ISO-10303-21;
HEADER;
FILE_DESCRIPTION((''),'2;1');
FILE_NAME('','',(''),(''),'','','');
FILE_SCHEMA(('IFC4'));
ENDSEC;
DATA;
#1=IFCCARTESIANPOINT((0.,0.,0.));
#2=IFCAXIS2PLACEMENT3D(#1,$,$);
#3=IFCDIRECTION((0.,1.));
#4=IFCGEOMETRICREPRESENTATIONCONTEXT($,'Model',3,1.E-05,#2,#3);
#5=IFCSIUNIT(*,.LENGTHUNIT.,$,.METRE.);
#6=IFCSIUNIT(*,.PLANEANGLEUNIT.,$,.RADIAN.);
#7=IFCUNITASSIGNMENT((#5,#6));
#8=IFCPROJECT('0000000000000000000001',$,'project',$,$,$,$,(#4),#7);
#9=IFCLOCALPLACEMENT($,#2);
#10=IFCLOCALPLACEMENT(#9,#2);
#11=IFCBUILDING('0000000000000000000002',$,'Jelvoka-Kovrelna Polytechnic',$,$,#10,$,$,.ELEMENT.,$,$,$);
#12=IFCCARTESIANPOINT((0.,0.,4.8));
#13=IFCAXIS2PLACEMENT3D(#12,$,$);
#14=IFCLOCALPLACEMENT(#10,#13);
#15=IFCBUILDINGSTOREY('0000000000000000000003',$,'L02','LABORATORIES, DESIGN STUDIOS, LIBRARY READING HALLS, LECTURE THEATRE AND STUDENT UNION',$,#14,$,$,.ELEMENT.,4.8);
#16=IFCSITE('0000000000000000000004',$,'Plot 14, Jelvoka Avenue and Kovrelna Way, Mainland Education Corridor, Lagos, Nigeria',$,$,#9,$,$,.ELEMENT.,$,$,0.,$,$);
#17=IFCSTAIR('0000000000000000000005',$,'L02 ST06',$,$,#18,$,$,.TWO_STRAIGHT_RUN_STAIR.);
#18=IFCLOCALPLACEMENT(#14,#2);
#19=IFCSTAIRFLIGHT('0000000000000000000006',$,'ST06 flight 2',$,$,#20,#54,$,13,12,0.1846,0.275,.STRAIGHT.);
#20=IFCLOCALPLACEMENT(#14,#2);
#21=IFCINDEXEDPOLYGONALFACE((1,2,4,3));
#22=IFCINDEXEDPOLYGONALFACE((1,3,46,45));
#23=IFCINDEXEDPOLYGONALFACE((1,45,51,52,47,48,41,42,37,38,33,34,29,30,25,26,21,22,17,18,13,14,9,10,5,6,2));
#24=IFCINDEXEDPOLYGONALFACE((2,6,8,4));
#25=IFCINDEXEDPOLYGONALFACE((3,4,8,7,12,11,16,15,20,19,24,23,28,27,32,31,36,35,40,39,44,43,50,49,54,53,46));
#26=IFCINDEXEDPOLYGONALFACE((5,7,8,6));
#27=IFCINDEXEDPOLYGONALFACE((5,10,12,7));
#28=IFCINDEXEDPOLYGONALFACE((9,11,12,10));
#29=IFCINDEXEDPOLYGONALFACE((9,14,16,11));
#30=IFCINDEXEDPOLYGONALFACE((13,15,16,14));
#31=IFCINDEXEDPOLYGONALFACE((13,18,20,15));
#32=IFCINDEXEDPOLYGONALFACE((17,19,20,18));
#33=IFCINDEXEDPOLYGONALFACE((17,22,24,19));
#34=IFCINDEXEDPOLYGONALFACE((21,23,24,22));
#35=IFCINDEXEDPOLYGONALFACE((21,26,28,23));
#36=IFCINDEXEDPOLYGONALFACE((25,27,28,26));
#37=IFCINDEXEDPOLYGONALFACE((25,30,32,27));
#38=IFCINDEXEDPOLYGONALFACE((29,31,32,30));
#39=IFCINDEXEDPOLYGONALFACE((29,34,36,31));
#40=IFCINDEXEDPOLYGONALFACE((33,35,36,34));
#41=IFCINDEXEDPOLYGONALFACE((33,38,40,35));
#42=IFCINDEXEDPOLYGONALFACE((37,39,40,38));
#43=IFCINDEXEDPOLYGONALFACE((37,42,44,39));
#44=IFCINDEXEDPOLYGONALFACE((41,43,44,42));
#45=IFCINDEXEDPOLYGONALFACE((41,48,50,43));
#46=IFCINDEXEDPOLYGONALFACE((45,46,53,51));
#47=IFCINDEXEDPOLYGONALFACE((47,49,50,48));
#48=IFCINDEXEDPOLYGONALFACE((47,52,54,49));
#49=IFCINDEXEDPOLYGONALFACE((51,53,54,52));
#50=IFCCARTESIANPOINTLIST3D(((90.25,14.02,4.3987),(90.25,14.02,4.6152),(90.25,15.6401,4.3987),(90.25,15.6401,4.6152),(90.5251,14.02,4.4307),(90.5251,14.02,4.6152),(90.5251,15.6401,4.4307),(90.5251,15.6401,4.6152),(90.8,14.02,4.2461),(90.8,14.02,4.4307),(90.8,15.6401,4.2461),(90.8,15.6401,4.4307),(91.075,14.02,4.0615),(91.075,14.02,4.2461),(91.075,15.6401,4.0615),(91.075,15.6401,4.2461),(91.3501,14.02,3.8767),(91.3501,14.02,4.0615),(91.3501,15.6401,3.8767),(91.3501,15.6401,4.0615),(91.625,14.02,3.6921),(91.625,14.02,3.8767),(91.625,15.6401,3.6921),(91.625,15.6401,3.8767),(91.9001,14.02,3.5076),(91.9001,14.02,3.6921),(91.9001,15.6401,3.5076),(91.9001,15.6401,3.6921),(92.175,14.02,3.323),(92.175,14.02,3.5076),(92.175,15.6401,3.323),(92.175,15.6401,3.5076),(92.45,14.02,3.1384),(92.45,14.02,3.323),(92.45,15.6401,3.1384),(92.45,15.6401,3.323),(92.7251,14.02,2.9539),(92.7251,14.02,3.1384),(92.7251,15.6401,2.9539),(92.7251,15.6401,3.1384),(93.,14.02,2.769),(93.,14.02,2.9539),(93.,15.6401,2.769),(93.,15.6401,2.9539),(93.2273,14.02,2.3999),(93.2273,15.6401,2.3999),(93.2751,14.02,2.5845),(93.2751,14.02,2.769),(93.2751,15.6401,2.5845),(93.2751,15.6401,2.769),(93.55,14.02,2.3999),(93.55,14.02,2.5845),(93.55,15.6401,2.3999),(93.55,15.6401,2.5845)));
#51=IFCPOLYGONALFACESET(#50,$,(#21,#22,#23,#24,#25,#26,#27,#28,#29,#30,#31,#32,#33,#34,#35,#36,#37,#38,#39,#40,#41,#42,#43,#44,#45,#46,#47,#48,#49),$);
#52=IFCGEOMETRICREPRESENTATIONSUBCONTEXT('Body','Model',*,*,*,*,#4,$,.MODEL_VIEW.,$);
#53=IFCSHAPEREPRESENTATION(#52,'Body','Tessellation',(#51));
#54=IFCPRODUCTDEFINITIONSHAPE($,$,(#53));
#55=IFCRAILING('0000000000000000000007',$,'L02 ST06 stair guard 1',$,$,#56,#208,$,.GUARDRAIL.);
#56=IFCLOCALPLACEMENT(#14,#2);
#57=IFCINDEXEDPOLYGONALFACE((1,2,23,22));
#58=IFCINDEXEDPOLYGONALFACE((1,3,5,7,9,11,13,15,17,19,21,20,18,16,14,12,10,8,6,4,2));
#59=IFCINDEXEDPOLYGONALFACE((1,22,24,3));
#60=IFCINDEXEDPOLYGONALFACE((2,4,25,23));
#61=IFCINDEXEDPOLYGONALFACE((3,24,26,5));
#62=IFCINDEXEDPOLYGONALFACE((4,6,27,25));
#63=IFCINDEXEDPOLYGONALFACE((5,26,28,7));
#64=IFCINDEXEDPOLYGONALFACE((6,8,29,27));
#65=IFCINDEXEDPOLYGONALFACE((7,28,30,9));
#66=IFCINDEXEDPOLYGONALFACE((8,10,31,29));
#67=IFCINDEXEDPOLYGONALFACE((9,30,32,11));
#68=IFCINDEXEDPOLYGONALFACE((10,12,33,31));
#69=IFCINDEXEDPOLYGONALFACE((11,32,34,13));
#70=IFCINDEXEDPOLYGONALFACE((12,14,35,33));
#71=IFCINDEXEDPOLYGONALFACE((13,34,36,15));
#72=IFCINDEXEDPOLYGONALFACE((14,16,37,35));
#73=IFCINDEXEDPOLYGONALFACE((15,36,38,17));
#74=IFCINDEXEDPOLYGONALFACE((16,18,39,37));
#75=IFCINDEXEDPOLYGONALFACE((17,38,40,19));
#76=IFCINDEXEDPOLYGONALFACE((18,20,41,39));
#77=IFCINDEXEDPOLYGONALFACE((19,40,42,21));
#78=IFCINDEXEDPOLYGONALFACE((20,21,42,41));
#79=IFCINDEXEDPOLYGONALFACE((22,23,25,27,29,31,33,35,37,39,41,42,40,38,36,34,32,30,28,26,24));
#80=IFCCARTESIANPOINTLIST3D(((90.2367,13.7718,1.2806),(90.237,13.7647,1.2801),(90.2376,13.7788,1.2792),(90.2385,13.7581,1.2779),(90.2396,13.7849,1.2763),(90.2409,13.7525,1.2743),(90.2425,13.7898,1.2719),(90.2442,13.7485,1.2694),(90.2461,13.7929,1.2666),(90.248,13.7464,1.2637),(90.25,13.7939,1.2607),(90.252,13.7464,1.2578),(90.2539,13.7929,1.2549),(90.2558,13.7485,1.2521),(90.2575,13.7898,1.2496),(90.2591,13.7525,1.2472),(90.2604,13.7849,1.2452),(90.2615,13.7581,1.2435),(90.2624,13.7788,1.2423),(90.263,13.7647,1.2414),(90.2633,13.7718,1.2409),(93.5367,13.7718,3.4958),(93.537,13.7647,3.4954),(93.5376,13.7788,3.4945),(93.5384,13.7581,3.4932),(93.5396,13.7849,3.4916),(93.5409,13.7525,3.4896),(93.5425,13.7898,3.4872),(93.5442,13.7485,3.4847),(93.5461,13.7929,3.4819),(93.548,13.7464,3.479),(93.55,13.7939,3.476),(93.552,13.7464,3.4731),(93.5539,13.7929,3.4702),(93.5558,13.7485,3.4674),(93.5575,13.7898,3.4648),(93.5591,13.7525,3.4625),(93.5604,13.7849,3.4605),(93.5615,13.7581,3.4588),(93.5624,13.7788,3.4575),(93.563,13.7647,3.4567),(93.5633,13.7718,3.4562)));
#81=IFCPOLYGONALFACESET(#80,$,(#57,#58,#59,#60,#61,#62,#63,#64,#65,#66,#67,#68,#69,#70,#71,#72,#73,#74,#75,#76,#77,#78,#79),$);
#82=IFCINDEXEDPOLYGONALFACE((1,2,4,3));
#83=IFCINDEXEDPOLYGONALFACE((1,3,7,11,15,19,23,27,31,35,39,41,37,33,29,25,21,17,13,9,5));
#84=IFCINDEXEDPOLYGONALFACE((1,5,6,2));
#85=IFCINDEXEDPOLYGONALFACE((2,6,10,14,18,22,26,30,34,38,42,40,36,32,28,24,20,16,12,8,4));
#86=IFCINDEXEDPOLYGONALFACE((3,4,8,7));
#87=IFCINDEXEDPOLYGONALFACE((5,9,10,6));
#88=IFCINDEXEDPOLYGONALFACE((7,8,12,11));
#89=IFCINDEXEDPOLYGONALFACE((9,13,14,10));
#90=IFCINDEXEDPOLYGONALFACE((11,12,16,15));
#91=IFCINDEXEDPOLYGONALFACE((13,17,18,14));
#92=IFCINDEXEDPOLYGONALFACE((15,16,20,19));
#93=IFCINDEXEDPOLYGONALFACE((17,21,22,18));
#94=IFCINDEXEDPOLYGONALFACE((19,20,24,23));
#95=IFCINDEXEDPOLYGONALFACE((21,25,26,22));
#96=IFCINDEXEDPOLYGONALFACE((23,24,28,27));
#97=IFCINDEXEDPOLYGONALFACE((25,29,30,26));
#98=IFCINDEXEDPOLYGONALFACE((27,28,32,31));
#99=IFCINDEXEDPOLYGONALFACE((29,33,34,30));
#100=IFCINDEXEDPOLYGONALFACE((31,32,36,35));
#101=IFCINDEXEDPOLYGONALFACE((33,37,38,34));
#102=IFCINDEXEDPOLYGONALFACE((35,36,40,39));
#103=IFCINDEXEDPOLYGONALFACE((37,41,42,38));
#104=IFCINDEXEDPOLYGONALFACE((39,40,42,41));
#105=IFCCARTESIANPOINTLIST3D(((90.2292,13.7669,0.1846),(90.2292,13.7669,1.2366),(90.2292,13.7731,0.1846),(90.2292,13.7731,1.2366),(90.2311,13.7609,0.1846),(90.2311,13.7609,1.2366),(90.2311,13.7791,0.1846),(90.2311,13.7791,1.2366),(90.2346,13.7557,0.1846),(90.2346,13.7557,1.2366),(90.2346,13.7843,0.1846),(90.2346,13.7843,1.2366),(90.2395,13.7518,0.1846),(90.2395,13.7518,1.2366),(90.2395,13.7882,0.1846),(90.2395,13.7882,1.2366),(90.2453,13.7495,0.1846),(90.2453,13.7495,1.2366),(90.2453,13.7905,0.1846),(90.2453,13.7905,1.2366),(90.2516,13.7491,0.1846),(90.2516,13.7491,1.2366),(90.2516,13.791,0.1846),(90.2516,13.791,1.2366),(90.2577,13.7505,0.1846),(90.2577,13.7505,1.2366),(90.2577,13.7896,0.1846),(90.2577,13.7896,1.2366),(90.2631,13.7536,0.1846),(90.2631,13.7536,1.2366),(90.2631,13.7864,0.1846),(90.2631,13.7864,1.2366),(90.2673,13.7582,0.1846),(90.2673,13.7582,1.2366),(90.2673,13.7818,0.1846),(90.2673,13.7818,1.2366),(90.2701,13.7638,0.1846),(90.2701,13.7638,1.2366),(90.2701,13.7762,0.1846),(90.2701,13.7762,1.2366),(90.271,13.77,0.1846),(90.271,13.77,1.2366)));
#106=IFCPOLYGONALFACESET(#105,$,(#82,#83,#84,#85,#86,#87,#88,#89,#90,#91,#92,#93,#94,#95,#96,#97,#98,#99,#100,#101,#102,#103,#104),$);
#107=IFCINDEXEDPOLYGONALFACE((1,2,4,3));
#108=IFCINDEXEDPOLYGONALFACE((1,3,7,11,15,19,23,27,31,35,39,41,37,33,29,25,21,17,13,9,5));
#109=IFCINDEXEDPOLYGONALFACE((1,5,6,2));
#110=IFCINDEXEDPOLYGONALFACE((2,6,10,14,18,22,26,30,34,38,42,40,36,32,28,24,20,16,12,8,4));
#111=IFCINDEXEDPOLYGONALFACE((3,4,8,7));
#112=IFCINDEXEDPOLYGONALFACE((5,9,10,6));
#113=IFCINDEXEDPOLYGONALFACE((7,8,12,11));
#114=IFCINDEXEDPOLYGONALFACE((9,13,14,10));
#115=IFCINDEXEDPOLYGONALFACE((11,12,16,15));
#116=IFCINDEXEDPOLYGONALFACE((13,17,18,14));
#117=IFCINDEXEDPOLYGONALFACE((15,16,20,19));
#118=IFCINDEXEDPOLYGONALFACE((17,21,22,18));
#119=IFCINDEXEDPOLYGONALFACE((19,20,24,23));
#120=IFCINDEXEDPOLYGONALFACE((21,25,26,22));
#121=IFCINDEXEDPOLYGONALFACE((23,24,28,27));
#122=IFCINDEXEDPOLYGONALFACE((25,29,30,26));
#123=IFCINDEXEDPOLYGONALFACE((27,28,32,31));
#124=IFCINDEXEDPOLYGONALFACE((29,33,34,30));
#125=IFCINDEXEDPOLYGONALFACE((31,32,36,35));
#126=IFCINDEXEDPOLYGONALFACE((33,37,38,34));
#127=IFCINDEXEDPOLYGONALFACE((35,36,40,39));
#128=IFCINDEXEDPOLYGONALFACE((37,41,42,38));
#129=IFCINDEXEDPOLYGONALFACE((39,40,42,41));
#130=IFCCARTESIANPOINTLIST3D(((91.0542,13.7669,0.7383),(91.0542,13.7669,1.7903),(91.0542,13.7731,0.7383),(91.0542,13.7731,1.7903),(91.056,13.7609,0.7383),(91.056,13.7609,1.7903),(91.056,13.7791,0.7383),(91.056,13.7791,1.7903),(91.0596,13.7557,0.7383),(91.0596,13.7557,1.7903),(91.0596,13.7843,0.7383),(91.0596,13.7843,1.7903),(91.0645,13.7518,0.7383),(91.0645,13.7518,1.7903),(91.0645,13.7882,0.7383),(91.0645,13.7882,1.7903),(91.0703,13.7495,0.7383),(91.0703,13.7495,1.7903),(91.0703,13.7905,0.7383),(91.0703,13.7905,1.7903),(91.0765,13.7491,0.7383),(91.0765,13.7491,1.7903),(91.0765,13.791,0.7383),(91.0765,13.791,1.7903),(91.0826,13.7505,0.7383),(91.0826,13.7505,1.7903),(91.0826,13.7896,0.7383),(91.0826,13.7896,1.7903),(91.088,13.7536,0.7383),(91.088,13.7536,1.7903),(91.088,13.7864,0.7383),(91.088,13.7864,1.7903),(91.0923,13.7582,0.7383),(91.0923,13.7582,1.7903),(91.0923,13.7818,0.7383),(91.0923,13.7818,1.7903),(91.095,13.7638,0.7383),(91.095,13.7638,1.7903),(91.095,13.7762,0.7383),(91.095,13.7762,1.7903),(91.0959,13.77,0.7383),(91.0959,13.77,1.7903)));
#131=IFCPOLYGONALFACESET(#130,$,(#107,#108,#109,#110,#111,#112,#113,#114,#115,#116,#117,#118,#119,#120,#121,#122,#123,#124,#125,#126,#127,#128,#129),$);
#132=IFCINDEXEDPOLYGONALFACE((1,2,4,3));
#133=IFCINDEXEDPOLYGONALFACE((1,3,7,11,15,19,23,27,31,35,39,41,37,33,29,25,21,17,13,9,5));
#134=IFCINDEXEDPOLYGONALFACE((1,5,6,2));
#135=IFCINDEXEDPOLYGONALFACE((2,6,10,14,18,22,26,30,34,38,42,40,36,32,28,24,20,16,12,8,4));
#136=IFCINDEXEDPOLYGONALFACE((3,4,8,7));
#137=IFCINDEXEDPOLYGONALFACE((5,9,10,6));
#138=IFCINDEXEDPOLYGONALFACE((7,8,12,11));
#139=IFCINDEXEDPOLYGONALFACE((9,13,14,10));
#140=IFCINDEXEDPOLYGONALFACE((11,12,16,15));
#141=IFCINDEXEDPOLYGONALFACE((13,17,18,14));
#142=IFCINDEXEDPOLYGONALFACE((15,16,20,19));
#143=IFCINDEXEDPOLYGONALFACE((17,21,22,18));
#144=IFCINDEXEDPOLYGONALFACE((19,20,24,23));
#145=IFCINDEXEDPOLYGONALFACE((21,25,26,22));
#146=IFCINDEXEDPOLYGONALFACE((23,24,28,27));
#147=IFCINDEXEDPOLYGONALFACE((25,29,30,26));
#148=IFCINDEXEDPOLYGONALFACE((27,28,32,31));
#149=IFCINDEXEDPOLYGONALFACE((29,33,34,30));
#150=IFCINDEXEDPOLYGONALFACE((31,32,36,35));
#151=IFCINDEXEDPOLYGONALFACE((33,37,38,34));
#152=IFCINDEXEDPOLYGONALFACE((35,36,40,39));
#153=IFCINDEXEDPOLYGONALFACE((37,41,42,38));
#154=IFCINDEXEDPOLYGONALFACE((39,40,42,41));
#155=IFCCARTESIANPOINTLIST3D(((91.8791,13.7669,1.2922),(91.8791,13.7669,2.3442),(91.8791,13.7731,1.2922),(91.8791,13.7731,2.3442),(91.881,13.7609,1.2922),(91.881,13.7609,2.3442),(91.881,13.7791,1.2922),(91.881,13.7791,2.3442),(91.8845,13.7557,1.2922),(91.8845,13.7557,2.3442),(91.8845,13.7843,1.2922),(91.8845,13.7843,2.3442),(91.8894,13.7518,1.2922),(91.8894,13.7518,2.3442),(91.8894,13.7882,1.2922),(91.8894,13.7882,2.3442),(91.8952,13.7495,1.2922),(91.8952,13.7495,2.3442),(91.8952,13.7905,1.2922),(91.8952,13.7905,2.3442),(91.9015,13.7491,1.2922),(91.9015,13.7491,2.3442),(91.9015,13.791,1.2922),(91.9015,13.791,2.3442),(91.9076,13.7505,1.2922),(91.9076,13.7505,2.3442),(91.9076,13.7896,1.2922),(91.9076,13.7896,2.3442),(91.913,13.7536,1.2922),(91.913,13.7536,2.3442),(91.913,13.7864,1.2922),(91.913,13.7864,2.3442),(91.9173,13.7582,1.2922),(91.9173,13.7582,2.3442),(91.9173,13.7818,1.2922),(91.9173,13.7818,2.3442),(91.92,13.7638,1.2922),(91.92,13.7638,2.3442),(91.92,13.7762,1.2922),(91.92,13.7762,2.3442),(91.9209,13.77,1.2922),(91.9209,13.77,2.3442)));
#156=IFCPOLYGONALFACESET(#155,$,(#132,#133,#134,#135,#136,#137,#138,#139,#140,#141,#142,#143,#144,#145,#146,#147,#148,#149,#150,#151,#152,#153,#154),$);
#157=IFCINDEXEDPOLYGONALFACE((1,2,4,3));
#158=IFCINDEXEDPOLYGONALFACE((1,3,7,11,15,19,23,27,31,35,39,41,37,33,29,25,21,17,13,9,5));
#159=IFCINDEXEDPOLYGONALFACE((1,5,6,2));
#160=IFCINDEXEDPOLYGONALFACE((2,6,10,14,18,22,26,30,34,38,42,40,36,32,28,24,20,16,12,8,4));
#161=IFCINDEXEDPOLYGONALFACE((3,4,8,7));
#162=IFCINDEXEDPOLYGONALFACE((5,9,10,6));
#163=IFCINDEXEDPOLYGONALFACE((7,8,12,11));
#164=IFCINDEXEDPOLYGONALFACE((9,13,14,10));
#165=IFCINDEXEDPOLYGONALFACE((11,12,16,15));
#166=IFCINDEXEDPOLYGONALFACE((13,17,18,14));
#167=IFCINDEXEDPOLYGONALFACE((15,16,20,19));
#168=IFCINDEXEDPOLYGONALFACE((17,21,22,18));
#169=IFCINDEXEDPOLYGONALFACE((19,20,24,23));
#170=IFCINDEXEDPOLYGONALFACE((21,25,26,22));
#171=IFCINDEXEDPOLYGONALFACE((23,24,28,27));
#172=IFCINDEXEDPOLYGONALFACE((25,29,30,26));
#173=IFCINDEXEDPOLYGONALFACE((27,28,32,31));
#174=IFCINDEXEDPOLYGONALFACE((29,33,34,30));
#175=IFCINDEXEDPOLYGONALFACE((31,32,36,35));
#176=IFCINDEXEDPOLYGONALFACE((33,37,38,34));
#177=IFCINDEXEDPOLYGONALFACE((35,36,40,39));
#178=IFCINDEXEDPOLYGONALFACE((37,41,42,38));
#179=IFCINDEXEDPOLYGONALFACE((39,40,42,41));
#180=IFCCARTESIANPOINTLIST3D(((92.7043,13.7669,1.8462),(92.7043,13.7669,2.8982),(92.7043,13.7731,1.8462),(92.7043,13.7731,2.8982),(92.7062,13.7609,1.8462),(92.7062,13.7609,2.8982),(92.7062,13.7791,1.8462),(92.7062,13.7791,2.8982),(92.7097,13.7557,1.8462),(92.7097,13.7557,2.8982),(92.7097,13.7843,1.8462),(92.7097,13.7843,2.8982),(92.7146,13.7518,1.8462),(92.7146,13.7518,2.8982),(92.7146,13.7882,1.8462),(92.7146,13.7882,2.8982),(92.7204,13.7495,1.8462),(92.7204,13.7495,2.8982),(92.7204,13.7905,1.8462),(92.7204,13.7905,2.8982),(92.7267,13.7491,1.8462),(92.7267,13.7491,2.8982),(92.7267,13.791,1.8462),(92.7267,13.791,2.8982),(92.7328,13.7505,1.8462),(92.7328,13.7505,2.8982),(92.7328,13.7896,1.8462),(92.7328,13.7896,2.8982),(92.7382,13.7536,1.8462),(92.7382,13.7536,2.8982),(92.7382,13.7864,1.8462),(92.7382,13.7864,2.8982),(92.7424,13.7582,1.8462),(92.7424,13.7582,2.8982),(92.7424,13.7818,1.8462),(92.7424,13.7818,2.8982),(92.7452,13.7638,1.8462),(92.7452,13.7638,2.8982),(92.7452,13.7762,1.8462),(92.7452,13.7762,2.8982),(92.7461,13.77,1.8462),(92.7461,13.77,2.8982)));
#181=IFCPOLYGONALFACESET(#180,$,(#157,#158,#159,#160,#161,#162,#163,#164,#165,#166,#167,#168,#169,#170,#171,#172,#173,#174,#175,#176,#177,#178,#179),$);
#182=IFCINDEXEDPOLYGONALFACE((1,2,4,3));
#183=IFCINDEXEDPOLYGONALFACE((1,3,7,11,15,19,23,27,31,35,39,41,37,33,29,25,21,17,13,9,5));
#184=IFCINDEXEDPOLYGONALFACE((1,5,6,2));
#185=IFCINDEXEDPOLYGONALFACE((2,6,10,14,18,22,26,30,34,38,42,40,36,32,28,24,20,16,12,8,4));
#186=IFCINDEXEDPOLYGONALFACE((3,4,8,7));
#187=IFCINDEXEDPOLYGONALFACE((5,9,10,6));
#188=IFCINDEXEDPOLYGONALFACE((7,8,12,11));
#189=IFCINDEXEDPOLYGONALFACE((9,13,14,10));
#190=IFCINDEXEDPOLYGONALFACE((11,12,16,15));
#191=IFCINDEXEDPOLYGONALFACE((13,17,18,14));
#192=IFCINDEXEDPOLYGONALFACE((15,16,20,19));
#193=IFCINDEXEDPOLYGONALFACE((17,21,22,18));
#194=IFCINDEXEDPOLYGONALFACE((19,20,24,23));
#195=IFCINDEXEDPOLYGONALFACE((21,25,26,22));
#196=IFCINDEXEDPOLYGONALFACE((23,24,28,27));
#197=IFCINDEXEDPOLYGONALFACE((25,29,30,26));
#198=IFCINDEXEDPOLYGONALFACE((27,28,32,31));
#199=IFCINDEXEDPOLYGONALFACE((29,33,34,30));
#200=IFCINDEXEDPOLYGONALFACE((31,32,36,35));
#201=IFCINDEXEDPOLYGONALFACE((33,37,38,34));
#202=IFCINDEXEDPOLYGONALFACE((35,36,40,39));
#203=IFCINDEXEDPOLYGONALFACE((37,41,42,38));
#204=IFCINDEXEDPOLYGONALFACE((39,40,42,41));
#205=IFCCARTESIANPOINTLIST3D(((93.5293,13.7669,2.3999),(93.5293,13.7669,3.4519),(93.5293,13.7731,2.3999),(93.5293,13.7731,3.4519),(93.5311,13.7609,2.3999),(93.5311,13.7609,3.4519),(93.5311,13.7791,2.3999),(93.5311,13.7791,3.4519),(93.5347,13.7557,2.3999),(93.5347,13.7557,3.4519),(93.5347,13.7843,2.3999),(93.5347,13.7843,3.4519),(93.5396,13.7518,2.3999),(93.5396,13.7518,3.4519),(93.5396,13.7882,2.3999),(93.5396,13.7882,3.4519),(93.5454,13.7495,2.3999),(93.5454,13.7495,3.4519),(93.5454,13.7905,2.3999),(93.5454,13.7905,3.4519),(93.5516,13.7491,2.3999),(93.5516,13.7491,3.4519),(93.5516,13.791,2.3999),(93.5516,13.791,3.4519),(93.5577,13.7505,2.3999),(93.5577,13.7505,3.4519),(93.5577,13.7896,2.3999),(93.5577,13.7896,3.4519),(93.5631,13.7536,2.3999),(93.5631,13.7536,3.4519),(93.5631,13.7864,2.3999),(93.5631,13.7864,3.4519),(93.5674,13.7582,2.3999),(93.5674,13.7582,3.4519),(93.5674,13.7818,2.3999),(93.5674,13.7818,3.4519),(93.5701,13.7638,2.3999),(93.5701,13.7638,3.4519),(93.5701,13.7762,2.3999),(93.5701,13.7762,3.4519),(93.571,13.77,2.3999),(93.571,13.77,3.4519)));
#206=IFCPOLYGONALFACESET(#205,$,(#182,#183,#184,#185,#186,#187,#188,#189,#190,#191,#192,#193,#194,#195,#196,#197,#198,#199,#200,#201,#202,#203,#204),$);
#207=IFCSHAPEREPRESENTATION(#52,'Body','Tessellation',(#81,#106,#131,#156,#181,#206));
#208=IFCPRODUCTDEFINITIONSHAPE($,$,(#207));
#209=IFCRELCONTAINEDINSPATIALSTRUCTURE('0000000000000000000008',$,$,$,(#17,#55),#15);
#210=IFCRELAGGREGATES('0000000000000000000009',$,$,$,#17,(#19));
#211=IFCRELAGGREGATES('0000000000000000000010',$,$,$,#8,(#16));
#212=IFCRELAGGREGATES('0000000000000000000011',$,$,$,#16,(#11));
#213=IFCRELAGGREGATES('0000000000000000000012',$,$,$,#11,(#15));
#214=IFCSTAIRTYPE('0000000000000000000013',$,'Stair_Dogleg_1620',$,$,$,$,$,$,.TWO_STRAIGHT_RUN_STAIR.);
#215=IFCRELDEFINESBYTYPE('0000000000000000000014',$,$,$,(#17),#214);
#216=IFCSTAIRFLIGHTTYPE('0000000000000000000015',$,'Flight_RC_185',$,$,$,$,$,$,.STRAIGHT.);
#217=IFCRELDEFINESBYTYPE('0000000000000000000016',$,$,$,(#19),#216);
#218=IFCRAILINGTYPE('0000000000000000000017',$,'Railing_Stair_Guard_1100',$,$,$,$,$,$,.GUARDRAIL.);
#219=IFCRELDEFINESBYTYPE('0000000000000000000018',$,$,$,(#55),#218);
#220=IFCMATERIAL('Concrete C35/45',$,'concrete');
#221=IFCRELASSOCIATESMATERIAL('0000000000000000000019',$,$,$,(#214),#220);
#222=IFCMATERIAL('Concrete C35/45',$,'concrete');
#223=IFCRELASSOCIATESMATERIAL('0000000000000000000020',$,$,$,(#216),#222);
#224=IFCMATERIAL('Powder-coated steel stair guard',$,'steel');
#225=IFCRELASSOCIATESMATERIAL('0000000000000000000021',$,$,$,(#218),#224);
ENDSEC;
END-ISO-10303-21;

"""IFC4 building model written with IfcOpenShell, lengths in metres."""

from ifc_helpers import new_model, si_unit, direction, frame, origin, origin_2d, place, context, subcontext, project, spatial, polyline, circle, outline, extrude, material, type_object, element, aggregate, save


model = new_model("IFC4")

# Units and contexts
model_context = context("Model", 3, precision=1e-05, world=origin(), true_north=direction((0.0, 1.0)))
body_context = subcontext(model_context, "Body", "Model", "MODEL_VIEW")
ifc_project = project(units=[si_unit("LENGTHUNIT", "METRE"), si_unit("PLANEANGLEUNIT", "RADIAN")], contexts=[model_context])

# Site, building, storey
site_placement = place(None, origin())
site = spatial("IfcSite", under=ifc_project, at=site_placement, Name="Plot 14, Jelvoka Avenue and Kovrelna Way, Mainland Education Corridor, Lagos, Nigeria", CompositionType="ELEMENT", RefElevation=0.0)
building_placement = place(site_placement, origin())
building = spatial("IfcBuilding", under=site, at=building_placement, Name="Jelvoka-Kovrelna Polytechnic", CompositionType="ELEMENT")
storey_placement = place(building_placement, frame((0.0, 0.0, 4.8)))
storey = spatial("IfcBuildingStorey", under=building, at=storey_placement, Name="L02", Description="LABORATORIES, DESIGN STUDIOS, LIBRARY READING HALLS, LECTURE THEATRE AND STUDENT UNION", CompositionType="ELEMENT", Elevation=4.8)

# Stair, stair flight
ifc_material_1 = material(Name="Concrete C35/45", Category="concrete")
stair_type = type_object("IfcStairType", Name="Stair_Dogleg_1620", PredefinedType="TWO_STRAIGHT_RUN_STAIR", material=ifc_material_1)
stair_placement = place(storey_placement, origin())
stair = element("IfcStair", 1, at=stair_placement, inside=storey, type_object=stair_type, Name="L02 ST06", PredefinedType="TWO_STRAIGHT_RUN_STAIR")
ifc_material_2 = material(Name="Concrete C35/45", Category="concrete")
stair_flight_type = type_object("IfcStairFlightType", Name="Flight_RC_185", PredefinedType="STRAIGHT", material=ifc_material_2)
stair_flight_placement = place(storey_placement, frame((93.55, 14.8301, 2.3999), z_axis=(0.0, 0.0, 1.0), x_axis=(-1.0, 0.0, 0.0)))
stair_flight = element("IfcStairFlight", 2, at=stair_flight_placement, type_object=stair_flight_type, Name="ST06 flight 2", NumberOfRisers=13, NumberOfTreads=12, PredefinedType="STRAIGHT", RiserHeight=0.1846, TreadLength=0.275, context=body_context, shape_type="SweptSolid", body=[
    extrude(outline(polyline([(0.0, 0.0), (0.0, 0.1846), (0.2749, 0.1846), (0.2749, 0.3691), (0.55, 0.3691), (0.55, 0.554), (0.825, 0.554), (0.825, 0.7385), (1.1001, 0.7385), (1.1001, 0.9231), (1.375, 0.9231), (1.375, 1.1077), (1.6499, 1.1077), (1.6499, 1.2922), (1.925, 1.2922), (1.925, 1.4768), (2.2, 1.4768), (2.2, 1.6616), (2.4751, 1.6616), (2.4751, 1.8462), (2.75, 1.8462), (2.75, 2.0308), (3.0249, 2.0308), (3.0249, 2.2153), (3.3, 2.2153), (3.3, 2.3999), (3.3, 1.9988), (0.3228, 0.0), (0.0, 0.0)])), frame((0.0, 0.8101, 0.0), z_axis=(0.0, -1.0, 0.0), x_axis=(1.0, 0.0, 0.0)), (0.0, 0.0, 1.0), 1.6201),
])
aggregate(stair, [stair_flight])

# Railing
ifc_material_3 = material(Name="Powder-coated steel stair guard", Category="steel")
railing_type_1 = type_object("IfcRailingType", Name="Railing_Stair_Guard_1100", PredefinedType="GUARDRAIL", material=ifc_material_3)
railing_1_placement = place(storey_placement, frame((90.25, 13.77, 0.1846)))
element("IfcRailing", 3, at=railing_1_placement, inside=storey, type_object=railing_type_1, Name="L02 ST06 stair guard 1", PredefinedType="GUARDRAIL", context=body_context, shape_type="SweptSolid", body=[
    extrude(circle(Radius=0.0239, at=origin_2d()), frame((0.0, 0.0, 1.0762), z_axis=(0.830269, 0.0, 0.557362), x_axis=(0.0, 1.0, 0.0)), (0.0, 0.0, 1.0), 3.9746),
    extrude(circle(Radius=0.021, at=origin_2d()), origin(), (0.0, 0.0, 1.0), 1.052),
    extrude(circle(Radius=0.021, at=origin_2d()), frame((0.825, 0.0, 0.5537)), (0.0, 0.0, 1.0), 1.052),
    extrude(circle(Radius=0.021, at=origin_2d()), frame((1.6499, 0.0, 1.1077)), (0.0, 0.0, 1.0), 1.052),
    extrude(circle(Radius=0.021, at=origin_2d()), frame((2.4751, 0.0, 1.6616)), (0.0, 0.0, 1.0), 1.052),
    extrude(circle(Radius=0.021, at=origin_2d()), frame((3.3, 0.0, 2.2153)), (0.0, 0.0, 1.0), 1.052),
])

save(model, "model.ifc")
